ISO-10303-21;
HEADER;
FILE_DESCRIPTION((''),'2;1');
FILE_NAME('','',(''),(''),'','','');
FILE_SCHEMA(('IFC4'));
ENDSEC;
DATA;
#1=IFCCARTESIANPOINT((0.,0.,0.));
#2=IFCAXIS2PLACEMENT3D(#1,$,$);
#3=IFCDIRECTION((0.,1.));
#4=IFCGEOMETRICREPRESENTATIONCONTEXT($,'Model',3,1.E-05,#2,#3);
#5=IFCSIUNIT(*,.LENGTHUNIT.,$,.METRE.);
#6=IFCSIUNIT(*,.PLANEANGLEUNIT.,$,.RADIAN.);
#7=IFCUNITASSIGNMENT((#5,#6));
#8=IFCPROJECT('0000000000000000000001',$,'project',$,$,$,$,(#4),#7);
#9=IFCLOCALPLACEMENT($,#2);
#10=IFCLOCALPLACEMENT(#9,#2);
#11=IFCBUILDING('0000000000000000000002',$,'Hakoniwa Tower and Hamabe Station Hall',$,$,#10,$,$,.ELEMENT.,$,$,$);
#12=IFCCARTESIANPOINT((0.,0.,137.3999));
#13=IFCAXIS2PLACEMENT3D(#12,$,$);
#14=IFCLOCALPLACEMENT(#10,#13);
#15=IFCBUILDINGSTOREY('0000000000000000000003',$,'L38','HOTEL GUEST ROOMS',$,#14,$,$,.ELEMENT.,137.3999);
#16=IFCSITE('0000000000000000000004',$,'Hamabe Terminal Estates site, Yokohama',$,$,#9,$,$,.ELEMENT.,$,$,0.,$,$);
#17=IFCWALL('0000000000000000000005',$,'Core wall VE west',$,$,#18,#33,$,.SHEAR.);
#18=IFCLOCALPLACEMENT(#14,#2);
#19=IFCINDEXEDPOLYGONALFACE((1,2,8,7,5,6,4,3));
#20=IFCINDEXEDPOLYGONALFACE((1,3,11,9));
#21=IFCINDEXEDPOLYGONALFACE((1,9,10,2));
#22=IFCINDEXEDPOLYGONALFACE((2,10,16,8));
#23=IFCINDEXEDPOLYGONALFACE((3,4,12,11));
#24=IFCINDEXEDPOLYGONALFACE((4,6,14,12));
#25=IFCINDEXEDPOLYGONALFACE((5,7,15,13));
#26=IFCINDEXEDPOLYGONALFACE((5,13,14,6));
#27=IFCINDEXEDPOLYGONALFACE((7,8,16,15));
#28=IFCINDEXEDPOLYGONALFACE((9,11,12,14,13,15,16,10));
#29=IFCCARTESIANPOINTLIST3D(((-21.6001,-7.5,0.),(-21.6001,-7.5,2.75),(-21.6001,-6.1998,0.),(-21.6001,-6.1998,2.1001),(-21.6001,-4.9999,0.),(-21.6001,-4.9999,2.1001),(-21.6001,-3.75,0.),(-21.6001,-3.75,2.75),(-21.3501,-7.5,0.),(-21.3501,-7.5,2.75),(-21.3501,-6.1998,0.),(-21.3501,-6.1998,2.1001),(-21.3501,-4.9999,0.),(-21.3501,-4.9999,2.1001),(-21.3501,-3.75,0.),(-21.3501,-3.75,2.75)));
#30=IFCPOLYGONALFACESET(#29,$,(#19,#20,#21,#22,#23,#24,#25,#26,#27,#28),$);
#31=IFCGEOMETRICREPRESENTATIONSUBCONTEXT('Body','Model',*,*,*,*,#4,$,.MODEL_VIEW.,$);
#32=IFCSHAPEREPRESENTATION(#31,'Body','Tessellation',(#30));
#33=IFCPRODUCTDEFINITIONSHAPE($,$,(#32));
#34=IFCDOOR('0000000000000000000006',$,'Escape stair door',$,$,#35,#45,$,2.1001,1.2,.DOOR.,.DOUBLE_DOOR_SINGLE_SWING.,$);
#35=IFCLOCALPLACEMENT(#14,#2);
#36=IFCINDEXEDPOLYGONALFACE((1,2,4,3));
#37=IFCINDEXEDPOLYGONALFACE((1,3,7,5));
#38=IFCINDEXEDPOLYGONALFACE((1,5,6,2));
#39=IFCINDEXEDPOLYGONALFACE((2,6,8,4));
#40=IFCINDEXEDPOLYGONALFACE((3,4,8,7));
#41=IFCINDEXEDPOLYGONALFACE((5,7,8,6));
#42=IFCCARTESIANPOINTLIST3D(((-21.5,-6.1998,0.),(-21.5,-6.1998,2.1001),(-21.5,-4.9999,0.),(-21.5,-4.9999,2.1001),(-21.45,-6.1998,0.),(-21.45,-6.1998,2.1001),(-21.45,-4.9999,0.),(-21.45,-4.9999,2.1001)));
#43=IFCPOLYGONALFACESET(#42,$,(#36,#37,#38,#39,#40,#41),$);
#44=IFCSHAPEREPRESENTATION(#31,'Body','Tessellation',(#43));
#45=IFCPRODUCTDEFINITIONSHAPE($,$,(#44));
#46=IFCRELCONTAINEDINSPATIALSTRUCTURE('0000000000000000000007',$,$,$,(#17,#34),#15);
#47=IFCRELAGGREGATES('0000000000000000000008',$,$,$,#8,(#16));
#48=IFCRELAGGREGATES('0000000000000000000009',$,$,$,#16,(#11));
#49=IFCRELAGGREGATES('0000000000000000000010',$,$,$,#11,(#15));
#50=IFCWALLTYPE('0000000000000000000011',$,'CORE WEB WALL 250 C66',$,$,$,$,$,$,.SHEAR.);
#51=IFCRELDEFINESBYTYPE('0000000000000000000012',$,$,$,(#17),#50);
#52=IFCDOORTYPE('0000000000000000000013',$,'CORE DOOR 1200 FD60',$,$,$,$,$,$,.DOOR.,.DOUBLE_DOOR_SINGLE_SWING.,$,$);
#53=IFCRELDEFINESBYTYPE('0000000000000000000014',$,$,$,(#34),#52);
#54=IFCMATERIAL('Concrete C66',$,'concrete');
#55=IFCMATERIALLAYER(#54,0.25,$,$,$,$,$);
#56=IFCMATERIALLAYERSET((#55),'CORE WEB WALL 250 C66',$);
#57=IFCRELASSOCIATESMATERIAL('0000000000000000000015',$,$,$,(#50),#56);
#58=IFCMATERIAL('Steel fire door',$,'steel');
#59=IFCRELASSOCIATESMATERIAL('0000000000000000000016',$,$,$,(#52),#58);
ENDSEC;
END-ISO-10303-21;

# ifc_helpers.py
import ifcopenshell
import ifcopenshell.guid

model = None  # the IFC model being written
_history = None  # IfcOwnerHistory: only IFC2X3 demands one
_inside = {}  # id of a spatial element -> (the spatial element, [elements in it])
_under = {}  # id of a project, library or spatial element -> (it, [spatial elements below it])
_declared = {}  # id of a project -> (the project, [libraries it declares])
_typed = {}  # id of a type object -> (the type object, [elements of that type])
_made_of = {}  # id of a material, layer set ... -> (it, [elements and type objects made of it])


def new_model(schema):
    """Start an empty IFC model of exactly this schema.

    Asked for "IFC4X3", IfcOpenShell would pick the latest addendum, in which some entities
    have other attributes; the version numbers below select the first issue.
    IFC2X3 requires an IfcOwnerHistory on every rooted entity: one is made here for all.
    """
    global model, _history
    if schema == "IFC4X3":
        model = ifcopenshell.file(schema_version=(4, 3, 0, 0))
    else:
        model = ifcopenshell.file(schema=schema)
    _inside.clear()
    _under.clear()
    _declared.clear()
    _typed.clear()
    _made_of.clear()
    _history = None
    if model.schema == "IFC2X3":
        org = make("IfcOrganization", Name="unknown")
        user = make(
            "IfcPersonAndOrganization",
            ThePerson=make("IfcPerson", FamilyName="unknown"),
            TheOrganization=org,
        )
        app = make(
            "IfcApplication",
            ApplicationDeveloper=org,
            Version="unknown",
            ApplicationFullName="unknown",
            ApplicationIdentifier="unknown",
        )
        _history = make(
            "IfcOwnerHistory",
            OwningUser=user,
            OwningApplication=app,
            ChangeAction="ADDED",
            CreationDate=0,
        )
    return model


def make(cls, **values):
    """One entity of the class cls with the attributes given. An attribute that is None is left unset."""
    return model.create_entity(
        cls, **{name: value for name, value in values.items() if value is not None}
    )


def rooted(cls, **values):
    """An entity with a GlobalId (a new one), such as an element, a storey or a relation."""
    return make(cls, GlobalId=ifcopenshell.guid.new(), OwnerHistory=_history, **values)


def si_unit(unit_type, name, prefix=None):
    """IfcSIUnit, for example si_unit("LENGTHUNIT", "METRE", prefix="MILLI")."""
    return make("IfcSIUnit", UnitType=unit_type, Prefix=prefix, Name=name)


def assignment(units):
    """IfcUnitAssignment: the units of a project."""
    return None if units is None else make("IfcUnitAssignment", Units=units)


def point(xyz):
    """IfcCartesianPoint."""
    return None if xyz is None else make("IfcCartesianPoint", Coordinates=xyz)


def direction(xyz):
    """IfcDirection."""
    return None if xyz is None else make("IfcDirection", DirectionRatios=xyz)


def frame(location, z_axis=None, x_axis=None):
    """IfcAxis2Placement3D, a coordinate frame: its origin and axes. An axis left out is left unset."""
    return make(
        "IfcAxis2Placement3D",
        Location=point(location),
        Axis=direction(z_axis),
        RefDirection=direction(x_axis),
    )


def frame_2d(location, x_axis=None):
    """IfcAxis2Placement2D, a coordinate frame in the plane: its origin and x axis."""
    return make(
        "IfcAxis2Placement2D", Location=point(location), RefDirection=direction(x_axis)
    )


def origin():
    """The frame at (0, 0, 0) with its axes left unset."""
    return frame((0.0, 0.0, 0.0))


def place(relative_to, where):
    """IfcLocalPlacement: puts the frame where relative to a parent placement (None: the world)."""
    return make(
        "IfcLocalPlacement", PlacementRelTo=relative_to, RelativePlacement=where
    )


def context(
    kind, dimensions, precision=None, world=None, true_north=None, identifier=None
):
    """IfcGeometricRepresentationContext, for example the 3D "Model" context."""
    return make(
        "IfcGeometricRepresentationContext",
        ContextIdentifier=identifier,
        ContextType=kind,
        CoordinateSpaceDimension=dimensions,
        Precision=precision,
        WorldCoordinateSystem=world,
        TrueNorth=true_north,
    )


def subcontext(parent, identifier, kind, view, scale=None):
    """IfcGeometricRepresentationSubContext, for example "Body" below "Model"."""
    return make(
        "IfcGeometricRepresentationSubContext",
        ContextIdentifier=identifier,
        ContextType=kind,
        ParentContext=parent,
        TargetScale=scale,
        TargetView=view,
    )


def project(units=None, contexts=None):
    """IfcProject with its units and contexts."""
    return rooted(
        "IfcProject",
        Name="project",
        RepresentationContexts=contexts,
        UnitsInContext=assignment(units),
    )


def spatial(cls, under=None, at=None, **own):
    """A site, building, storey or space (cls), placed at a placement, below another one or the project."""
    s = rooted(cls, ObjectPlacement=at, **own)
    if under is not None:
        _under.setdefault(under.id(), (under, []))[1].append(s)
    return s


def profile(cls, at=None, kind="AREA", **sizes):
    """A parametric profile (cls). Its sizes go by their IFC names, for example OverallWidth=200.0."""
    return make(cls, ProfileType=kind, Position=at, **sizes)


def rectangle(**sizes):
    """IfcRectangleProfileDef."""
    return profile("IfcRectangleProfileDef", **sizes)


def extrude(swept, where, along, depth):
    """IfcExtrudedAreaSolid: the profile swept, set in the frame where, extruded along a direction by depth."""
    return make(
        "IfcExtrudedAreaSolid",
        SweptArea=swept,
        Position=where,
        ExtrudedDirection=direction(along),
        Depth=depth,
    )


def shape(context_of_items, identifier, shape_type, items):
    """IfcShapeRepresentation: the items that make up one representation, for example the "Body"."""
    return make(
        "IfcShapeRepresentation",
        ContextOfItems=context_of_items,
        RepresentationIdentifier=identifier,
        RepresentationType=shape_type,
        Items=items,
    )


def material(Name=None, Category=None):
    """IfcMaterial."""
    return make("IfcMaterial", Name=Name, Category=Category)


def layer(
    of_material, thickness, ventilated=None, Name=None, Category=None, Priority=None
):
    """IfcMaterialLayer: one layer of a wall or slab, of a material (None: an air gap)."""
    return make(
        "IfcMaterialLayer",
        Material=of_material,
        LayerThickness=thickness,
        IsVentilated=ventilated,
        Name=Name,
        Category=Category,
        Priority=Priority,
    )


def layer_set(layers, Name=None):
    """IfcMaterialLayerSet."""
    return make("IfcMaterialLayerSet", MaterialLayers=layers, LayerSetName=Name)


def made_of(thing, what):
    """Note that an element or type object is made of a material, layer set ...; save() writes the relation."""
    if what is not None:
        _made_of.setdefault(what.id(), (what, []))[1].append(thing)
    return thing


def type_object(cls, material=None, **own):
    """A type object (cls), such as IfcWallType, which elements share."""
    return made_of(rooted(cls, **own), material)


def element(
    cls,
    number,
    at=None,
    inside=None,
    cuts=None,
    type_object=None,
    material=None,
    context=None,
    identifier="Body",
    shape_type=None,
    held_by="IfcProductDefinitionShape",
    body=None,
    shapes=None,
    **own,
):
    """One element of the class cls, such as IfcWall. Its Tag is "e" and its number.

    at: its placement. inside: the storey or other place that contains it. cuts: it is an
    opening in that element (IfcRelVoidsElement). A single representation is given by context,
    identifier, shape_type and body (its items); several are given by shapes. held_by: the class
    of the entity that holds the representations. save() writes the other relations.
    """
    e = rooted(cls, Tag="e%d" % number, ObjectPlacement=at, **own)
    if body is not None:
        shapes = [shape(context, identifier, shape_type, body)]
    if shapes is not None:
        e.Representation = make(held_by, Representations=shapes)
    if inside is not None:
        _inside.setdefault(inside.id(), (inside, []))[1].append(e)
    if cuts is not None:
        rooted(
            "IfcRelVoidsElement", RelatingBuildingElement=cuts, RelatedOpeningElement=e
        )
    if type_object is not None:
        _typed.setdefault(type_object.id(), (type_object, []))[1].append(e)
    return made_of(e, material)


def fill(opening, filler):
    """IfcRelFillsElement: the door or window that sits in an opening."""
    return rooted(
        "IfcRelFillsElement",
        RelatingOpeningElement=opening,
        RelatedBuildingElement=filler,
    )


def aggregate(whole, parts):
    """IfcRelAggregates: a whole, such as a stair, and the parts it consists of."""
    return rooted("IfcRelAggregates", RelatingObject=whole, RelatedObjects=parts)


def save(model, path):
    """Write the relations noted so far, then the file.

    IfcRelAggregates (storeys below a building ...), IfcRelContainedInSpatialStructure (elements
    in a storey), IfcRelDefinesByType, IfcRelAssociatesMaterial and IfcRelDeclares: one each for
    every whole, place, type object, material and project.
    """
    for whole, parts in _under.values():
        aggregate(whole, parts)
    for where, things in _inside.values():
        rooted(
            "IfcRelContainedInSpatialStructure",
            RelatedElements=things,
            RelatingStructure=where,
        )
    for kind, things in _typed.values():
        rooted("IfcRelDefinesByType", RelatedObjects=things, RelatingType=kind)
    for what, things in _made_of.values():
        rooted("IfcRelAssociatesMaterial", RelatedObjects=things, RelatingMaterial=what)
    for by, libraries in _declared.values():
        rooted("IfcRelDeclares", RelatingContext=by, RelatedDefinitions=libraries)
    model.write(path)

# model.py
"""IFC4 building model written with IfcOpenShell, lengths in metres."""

from ifc_helpers import new_model, si_unit, direction, frame, frame_2d, origin, place, context, subcontext, project, spatial, rectangle, extrude, material, layer, layer_set, type_object, element, fill, save


model = new_model("IFC4")

# Units and contexts
model_context = context("Model", 3, precision=1e-05, world=origin(), true_north=direction((0.0, 1.0)))
body_context = subcontext(model_context, "Body", "Model", "MODEL_VIEW")
ifc_project = project(units=[si_unit("LENGTHUNIT", "METRE"), si_unit("PLANEANGLEUNIT", "RADIAN")], contexts=[model_context])

# Site, building, storey
site_placement = place(None, origin())
site = spatial("IfcSite", under=ifc_project, at=site_placement, Name="Hamabe Terminal Estates site, Yokohama", CompositionType="ELEMENT", RefElevation=0.0)
building_placement = place(site_placement, origin())
building = spatial("IfcBuilding", under=site, at=building_placement, Name="Hakoniwa Tower and Hamabe Station Hall", CompositionType="ELEMENT")
storey_placement = place(building_placement, frame((0.0, 0.0, 137.3999)))
storey = spatial("IfcBuildingStorey", under=building, at=storey_placement, Name="L38", Description="HOTEL GUEST ROOMS", CompositionType="ELEMENT", Elevation=137.3999)

# Wall, opening, door
ifc_material_1 = material(Name="Concrete C66", Category="concrete")
ifc_layer_1 = layer(ifc_material_1, 0.25)
ifc_layer_set_1 = layer_set([ifc_layer_1], Name="CORE WEB WALL 250 C66")
wall_type_1 = type_object("IfcWallType", Name="CORE WEB WALL 250 C66", PredefinedType="SHEAR", material=ifc_layer_set_1)
wall_1_placement = place(storey_placement, frame((-21.4751, -7.5, 0.0), z_axis=(0.0, 0.0, 1.0), x_axis=(0.0, 1.0, 0.0)))
wall_1 = element("IfcWall", 1, at=wall_1_placement, inside=storey, type_object=wall_type_1, Name="Core wall VE west", PredefinedType="SHEAR", context=body_context, shape_type="SweptSolid", body=[
    extrude(rectangle(XDim=3.75, YDim=0.25, at=frame_2d((1.875, 0.0))), origin(), (0.0, 0.0, 1.0), 2.75),
])
opening_1_placement = place(wall_1_placement, frame((1.3, 0.0, 0.0)))
opening_1 = element("IfcOpeningElement", 2, at=opening_1_placement, cuts=wall_1, PredefinedType="OPENING", context=body_context, shape_type="SweptSolid", body=[
    extrude(rectangle(XDim=1.2, YDim=2.1001, at=frame_2d((0.6001, 1.05))), frame((0.0, 0.135, 0.0), z_axis=(0.0, -1.0, 0.0), x_axis=(1.0, 0.0, 0.0)), (0.0, 0.0, 1.0), 0.27),
])
ifc_material_2 = material(Name="Steel fire door", Category="steel")
door_type_1 = type_object("IfcDoorType", Name="CORE DOOR 1200 FD60", OperationType="DOUBLE_DOOR_SINGLE_SWING", PredefinedType="DOOR", material=ifc_material_2)
door_1_placement = place(opening_1_placement, origin())
door_1 = element("IfcDoor", 3, at=door_1_placement, inside=storey, type_object=door_type_1, Name="Escape stair door", OperationType="DOUBLE_DOOR_SINGLE_SWING", OverallHeight=2.1001, OverallWidth=1.2, PredefinedType="DOOR", context=body_context, shape_type="SweptSolid", body=[
    extrude(rectangle(XDim=1.2, YDim=2.1001, at=frame_2d((0.6001, 1.05))), frame((0.0, 0.0249, 0.0), z_axis=(0.0, -1.0, 0.0), x_axis=(1.0, 0.0, 0.0)), (0.0, 0.0, 1.0), 0.05),
])
fill(opening_1, door_1)

save(model, "model.ifc")
